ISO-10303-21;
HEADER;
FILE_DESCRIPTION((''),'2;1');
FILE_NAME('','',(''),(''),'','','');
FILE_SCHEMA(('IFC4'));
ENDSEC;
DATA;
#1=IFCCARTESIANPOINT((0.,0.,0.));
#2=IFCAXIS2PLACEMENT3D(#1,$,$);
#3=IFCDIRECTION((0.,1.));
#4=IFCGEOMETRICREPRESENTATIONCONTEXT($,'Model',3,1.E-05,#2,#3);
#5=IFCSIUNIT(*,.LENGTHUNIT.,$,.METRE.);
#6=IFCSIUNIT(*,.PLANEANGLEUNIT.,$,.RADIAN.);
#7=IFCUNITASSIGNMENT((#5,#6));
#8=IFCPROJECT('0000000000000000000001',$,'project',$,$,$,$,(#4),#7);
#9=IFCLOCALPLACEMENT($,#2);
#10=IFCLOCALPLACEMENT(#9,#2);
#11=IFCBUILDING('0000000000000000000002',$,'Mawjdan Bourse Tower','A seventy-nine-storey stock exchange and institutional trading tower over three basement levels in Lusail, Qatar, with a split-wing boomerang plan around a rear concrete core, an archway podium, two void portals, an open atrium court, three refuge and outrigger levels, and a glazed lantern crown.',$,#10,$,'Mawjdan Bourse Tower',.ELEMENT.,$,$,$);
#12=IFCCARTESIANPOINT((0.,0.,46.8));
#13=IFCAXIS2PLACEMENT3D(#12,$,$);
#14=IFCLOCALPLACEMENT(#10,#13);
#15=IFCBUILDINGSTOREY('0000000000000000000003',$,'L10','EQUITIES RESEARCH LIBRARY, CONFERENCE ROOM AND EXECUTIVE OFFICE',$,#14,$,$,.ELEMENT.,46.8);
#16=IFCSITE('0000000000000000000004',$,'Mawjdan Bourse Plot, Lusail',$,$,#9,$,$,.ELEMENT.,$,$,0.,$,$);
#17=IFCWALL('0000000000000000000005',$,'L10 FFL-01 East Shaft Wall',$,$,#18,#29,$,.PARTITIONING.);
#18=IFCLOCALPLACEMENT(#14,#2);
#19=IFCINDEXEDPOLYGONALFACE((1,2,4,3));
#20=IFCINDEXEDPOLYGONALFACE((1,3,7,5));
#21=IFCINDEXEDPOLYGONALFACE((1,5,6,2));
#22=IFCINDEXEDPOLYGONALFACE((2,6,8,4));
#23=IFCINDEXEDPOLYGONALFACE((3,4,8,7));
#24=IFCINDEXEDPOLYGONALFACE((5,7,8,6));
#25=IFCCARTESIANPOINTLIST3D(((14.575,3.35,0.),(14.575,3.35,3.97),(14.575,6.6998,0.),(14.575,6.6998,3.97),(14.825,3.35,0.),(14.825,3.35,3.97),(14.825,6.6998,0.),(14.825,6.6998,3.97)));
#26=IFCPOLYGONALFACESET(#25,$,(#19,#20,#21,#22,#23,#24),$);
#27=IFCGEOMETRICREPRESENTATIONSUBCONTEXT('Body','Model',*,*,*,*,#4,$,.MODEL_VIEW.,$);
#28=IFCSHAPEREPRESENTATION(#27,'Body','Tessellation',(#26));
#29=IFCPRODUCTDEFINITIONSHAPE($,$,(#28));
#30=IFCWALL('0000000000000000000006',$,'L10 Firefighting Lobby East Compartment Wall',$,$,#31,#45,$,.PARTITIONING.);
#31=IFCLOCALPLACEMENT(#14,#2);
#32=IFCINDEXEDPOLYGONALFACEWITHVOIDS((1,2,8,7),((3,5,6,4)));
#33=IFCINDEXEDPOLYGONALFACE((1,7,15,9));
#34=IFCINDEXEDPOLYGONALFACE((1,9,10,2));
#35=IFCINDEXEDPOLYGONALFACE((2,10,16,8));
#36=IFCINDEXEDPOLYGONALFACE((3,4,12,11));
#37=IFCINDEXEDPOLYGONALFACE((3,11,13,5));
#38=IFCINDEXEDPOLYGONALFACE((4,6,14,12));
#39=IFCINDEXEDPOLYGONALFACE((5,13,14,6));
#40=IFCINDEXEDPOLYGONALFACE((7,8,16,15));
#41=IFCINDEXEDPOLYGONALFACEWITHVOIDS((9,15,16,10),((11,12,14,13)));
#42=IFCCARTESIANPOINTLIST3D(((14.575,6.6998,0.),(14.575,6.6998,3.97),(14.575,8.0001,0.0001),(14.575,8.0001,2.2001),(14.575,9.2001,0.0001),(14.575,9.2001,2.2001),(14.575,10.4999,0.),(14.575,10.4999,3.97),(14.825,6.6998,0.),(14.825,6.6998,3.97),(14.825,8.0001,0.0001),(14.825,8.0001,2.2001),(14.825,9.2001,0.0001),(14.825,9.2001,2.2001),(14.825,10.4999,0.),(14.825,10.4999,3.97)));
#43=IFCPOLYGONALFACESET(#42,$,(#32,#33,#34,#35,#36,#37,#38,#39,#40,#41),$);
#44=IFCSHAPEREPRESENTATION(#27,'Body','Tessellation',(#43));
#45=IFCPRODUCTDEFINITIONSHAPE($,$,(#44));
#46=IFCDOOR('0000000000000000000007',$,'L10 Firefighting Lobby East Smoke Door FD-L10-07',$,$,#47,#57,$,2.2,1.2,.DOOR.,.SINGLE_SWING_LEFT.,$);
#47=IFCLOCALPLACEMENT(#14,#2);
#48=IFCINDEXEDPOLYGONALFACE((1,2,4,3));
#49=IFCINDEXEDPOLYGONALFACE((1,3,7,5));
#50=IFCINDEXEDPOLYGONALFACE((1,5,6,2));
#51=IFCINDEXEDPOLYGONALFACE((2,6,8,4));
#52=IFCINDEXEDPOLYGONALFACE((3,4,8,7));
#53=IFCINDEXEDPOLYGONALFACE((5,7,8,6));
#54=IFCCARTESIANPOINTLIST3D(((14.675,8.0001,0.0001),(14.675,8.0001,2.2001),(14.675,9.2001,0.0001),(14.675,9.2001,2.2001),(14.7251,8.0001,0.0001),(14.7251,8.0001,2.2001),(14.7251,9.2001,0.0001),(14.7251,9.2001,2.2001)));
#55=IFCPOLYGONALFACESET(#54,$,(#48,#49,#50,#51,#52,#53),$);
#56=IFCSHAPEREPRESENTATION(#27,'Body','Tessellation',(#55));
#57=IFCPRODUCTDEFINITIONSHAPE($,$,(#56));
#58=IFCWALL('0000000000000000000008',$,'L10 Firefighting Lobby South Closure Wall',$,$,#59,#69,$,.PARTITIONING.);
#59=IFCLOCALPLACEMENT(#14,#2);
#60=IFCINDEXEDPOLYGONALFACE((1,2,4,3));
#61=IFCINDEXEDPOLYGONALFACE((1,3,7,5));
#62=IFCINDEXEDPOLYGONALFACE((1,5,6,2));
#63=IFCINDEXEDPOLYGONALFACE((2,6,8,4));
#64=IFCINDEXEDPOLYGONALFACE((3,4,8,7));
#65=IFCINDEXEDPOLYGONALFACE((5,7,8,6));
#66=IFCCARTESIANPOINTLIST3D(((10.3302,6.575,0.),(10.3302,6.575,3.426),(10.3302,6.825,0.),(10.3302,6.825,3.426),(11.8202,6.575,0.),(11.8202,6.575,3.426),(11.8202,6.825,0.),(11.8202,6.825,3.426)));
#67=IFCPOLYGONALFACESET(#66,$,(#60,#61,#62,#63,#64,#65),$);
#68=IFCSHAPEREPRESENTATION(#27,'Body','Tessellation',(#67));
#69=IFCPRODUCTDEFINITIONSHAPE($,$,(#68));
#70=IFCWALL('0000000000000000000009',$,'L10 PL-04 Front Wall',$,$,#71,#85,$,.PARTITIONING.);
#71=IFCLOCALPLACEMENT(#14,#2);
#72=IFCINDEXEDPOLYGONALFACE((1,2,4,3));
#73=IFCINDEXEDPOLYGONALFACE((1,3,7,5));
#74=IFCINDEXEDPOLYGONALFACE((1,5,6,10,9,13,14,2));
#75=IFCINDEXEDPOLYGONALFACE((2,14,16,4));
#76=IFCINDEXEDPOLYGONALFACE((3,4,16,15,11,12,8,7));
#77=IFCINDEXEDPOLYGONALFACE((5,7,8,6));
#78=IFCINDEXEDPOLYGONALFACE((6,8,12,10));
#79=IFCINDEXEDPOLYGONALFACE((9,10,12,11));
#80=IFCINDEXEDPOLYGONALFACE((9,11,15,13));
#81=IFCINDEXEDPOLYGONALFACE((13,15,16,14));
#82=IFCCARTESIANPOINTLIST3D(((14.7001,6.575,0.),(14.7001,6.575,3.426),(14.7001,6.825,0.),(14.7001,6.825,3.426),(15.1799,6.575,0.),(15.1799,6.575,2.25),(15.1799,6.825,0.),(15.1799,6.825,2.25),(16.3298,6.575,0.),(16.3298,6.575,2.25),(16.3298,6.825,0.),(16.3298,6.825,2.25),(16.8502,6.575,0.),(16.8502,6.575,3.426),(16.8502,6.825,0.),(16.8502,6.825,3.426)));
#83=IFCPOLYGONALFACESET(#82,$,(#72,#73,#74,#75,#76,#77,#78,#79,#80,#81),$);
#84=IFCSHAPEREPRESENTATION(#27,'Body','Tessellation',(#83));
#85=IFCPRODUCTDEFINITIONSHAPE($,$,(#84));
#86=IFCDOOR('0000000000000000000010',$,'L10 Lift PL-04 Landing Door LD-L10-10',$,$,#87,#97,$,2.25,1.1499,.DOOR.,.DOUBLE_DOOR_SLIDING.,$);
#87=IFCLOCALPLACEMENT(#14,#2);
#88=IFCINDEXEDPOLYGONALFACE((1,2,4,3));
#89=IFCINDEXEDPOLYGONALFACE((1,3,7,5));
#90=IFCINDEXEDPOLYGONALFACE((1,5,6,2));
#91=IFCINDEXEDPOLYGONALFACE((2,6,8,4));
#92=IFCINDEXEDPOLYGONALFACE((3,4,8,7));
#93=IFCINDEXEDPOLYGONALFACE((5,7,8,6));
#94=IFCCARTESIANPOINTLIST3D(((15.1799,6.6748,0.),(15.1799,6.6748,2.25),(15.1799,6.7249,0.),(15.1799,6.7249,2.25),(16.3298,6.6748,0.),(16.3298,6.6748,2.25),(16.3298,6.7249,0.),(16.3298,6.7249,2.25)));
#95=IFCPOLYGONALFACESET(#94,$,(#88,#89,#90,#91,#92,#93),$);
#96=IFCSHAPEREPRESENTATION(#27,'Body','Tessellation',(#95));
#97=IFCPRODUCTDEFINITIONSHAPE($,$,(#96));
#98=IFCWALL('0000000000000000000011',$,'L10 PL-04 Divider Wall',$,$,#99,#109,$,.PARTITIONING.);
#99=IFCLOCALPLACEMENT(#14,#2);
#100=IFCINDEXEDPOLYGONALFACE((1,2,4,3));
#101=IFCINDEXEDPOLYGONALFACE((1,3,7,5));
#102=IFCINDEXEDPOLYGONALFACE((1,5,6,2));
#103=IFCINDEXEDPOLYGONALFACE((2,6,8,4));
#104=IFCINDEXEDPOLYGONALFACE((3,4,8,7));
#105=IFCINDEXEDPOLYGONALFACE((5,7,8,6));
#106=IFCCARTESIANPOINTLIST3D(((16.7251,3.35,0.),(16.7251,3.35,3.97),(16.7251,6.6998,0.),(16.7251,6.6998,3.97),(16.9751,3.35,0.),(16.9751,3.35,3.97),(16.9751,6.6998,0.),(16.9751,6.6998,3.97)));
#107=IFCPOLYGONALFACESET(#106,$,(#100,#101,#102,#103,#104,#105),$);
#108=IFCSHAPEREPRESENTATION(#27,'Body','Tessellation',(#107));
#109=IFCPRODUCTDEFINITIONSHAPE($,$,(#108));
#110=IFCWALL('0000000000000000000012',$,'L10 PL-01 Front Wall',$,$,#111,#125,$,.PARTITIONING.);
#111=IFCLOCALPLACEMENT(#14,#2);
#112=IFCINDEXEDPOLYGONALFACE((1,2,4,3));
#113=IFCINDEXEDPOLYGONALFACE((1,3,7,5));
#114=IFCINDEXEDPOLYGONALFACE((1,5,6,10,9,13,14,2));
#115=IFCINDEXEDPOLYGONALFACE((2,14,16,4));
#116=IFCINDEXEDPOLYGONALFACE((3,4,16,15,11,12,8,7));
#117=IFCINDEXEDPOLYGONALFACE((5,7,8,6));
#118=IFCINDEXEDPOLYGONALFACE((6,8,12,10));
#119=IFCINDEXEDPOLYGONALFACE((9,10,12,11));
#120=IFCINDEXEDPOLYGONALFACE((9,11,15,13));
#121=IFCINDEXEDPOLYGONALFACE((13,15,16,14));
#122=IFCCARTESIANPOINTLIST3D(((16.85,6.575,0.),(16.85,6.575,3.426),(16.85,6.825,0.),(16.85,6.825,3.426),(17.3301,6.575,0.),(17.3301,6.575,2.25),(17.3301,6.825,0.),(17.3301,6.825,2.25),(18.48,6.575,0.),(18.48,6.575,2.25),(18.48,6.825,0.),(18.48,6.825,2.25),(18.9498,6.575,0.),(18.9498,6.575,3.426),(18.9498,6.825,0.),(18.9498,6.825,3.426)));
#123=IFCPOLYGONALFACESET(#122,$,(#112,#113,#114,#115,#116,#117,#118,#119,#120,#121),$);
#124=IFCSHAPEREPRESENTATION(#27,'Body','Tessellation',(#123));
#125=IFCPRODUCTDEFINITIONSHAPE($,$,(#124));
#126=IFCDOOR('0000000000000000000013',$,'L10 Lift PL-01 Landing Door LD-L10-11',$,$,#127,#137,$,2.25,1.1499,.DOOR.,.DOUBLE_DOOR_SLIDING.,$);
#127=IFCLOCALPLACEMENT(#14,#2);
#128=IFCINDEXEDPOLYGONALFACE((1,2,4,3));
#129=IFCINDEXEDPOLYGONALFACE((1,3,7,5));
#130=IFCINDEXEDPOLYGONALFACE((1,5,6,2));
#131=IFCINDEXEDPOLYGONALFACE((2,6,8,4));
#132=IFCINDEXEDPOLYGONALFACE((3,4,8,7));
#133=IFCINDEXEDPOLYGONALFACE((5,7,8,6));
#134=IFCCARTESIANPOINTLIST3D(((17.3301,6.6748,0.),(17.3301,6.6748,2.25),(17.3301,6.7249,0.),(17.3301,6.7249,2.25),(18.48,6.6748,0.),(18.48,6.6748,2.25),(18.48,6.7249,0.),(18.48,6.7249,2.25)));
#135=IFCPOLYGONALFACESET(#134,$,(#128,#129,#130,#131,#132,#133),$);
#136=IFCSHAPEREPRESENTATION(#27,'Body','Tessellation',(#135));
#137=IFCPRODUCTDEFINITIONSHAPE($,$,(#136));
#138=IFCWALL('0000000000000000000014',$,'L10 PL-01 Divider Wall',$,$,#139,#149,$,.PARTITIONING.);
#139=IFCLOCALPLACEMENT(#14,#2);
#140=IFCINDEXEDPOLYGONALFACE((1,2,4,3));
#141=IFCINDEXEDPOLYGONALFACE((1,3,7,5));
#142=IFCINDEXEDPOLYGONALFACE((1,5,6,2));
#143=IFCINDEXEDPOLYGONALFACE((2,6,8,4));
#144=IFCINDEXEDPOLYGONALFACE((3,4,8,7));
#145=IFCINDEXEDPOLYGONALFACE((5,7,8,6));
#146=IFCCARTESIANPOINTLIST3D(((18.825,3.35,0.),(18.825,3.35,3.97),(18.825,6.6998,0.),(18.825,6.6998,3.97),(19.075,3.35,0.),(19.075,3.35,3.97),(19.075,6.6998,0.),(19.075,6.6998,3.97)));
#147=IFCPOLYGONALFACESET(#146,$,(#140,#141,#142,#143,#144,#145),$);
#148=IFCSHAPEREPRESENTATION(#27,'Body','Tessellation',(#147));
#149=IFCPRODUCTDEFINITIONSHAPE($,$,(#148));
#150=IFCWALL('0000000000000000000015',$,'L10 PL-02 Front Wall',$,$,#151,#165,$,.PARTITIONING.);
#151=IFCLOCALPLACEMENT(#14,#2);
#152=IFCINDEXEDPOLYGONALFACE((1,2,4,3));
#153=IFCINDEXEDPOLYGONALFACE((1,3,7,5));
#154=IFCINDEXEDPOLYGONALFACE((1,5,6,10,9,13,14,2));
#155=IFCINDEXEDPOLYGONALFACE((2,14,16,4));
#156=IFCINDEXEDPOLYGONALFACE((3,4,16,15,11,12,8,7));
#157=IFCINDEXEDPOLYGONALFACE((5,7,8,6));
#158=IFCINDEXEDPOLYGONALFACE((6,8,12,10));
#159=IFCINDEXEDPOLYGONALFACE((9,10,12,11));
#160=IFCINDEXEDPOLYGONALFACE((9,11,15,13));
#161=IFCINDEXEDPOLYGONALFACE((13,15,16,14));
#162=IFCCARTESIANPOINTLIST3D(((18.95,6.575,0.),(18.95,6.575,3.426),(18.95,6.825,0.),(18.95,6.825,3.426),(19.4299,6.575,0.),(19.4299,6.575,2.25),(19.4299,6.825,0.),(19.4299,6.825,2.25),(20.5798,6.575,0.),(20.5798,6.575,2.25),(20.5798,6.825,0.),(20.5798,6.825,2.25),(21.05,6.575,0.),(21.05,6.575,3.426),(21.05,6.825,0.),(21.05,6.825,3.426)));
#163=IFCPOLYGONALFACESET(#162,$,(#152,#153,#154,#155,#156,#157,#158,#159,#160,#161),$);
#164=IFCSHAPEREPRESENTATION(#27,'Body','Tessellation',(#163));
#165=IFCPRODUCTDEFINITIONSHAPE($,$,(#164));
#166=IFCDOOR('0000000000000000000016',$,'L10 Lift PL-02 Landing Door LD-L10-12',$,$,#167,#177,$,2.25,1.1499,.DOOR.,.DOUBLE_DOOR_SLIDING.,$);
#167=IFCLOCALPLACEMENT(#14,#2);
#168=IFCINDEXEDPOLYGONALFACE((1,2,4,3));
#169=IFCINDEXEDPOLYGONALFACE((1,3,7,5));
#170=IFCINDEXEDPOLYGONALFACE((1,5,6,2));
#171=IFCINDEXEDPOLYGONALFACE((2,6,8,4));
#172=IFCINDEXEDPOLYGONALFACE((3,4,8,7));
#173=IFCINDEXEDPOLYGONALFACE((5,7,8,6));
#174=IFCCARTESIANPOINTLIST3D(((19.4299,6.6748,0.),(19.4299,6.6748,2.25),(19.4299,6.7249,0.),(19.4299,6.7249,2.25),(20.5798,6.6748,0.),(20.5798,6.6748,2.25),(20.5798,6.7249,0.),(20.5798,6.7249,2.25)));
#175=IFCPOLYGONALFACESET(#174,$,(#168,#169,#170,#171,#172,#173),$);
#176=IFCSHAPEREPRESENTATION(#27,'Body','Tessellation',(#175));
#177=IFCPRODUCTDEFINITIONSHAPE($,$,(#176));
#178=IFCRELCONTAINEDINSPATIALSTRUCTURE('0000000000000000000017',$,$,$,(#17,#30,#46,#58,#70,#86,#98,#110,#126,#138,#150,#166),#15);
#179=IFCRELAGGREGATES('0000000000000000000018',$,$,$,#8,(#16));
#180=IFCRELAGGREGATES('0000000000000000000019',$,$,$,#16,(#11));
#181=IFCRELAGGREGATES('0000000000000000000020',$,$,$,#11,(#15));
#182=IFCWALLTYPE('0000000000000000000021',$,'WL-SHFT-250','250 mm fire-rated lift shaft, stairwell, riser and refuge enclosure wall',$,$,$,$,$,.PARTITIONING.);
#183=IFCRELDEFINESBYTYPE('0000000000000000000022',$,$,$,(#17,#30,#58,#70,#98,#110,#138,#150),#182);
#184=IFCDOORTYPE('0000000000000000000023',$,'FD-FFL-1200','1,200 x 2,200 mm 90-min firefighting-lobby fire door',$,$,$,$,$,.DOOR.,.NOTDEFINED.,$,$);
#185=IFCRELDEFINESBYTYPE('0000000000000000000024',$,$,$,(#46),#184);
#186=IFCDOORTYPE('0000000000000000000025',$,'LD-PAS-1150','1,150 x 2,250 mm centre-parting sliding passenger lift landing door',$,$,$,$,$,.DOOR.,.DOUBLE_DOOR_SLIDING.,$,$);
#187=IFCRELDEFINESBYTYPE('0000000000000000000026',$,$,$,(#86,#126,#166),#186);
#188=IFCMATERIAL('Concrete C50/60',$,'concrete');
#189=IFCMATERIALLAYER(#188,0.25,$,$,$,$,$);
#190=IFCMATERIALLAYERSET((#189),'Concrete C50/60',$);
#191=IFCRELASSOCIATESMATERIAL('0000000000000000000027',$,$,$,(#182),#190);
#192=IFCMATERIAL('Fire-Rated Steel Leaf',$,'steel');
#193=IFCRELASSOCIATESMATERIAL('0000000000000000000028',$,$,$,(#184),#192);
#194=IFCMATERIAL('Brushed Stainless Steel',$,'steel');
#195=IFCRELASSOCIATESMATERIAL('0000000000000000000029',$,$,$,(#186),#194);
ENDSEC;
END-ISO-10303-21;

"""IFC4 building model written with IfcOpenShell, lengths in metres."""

from ifc_helpers import new_model, si_unit, direction, frame, frame_2d, origin, place, context, subcontext, project, spatial, rectangle, extrude, material, layer, layer_set, type_object, element, fill, save


model = new_model("IFC4")

# Units and contexts
model_context = context("Model", 3, precision=1e-05, world=origin(), true_north=direction((0.0, 1.0)))
body_context = subcontext(model_context, "Body", "Model", "MODEL_VIEW")
ifc_project = project(units=[si_unit("LENGTHUNIT", "METRE"), si_unit("PLANEANGLEUNIT", "RADIAN")], contexts=[model_context])

# Site, building, storey
site_placement = place(None, origin())
site = spatial("IfcSite", under=ifc_project, at=site_placement, Name="Mawjdan Bourse Plot, Lusail", CompositionType="ELEMENT", RefElevation=0.0)
building_placement = place(site_placement, origin())
building = spatial("IfcBuilding", under=site, at=building_placement, Name="Mawjdan Bourse Tower", Description="A seventy-nine-storey stock exchange and institutional trading tower over three basement levels in Lusail, Qatar, with a split-wing boomerang plan around a rear concrete core, an archway podium, two void portals, an open atrium court, three refuge and outrigger levels, and a glazed lantern crown.", LongName="Mawjdan Bourse Tower", CompositionType="ELEMENT")
storey_placement = place(building_placement, frame((0.0, 0.0, 46.8)))
storey = spatial("IfcBuildingStorey", under=building, at=storey_placement, Name="L10", Description="EQUITIES RESEARCH LIBRARY, CONFERENCE ROOM AND EXECUTIVE OFFICE", CompositionType="ELEMENT", Elevation=46.8)

# Shared definitions
ifc_material_1 = material(Name="Concrete C50/60", Category="concrete")
ifc_layer_1 = layer(ifc_material_1, 0.25)
ifc_layer_set_1 = layer_set([ifc_layer_1], Name="Concrete C50/60")
wall_type_1 = type_object("IfcWallType", Name="WL-SHFT-250", Description="250 mm fire-rated lift shaft, stairwell, riser and refuge enclosure wall", PredefinedType="PARTITIONING", material=ifc_layer_set_1)

# Shared definitions
ifc_material_2 = material(Name="Brushed Stainless Steel", Category="steel")

# Wall
wall_1_placement = place(storey_placement, frame((14.7, 3.3501, 0.0), z_axis=(0.0, 0.0, 1.0), x_axis=(0.0, 1.0, 0.0)))
element("IfcWall", 1, at=wall_1_placement, inside=storey, type_object=wall_type_1, Name="L10 FFL-01 East Shaft Wall", PredefinedType="PARTITIONING", context=body_context, shape_type="SweptSolid", body=[
    extrude(rectangle(XDim=3.3499, YDim=0.25, at=frame_2d((1.6748, 0.0))), origin(), (0.0, 0.0, 1.0), 3.97),
])

# Wall, opening, door
wall_2_placement = place(storey_placement, frame((14.7, 6.7, 0.0), z_axis=(0.0, 0.0, 1.0), x_axis=(0.0, 1.0, 0.0)))
wall_2 = element("IfcWall", 2, at=wall_2_placement, inside=storey, type_object=wall_type_1, Name="L10 Firefighting Lobby East Compartment Wall", PredefinedType="PARTITIONING", context=body_context, shape_type="SweptSolid", body=[
    extrude(rectangle(XDim=3.8, YDim=0.25, at=frame_2d((1.8999, 0.0))), origin(), (0.0, 0.0, 1.0), 3.97),
])
opening_1_placement = place(wall_2_placement, frame((1.3, 0.0, 0.0)))
opening_1 = element("IfcOpeningElement", 3, at=opening_1_placement, cuts=wall_2, PredefinedType="OPENING", context=body_context, shape_type="SweptSolid", body=[
    extrude(rectangle(XDim=1.2, YDim=2.2, at=frame_2d((0.6001, 1.1001))), frame((0.0, 0.135, 0.0), z_axis=(0.0, -1.0, 0.0), x_axis=(1.0, 0.0, 0.0)), (0.0, 0.0, 1.0), 0.27),
])
ifc_material_3 = material(Name="Fire-Rated Steel Leaf", Category="steel")
door_type_1 = type_object("IfcDoorType", Name="FD-FFL-1200", Description="1,200 x 2,200 mm 90-min firefighting-lobby fire door", OperationType="NOTDEFINED", PredefinedType="DOOR", material=ifc_material_3)
door_1_placement = place(opening_1_placement, origin())
door_1 = element("IfcDoor", 4, at=door_1_placement, inside=storey, type_object=door_type_1, Name="L10 Firefighting Lobby East Smoke Door FD-L10-07", OperationType="SINGLE_SWING_LEFT", OverallHeight=2.2, OverallWidth=1.2, PredefinedType="DOOR", context=body_context, shape_type="SweptSolid", body=[
    extrude(rectangle(XDim=1.2, YDim=2.2, at=frame_2d((0.6001, 1.1001))), frame((0.0, 0.0249, 0.0), z_axis=(0.0, -1.0, 0.0), x_axis=(1.0, 0.0, 0.0)), (0.0, 0.0, 1.0), 0.05),
])
fill(opening_1, door_1)

# Wall
wall_3_placement = place(storey_placement, frame((10.3301, 6.7, 0.0), z_axis=(0.0, 0.0, 1.0), x_axis=(1.0, 0.0, 0.0)))
element("IfcWall", 5, at=wall_3_placement, inside=storey, type_object=wall_type_1, Name="L10 Firefighting Lobby South Closure Wall", PredefinedType="PARTITIONING", context=body_context, shape_type="SweptSolid", body=[
    extrude(rectangle(XDim=1.49, YDim=0.25, at=frame_2d((0.7451, 0.0))), origin(), (0.0, 0.0, 1.0), 3.426),
])

# Wall, opening, door
wall_4_placement = place(storey_placement, frame((14.7, 6.7, 0.0), z_axis=(0.0, 0.0, 1.0), x_axis=(1.0, 0.0, 0.0)))
wall_4 = element("IfcWall", 6, at=wall_4_placement, inside=storey, type_object=wall_type_1, Name="L10 PL-04 Front Wall", PredefinedType="PARTITIONING", context=body_context, shape_type="SweptSolid", body=[
    extrude(rectangle(XDim=2.1501, YDim=0.25, at=frame_2d((1.0752, 0.0))), origin(), (0.0, 0.0, 1.0), 3.426),
])
opening_2_placement = place(wall_4_placement, frame((0.48, 0.0, 0.0)))
opening_2 = element("IfcOpeningElement", 7, at=opening_2_placement, cuts=wall_4, PredefinedType="OPENING", context=body_context, shape_type="SweptSolid", body=[
    extrude(rectangle(XDim=1.1499, YDim=2.25, at=frame_2d((0.575, 1.125))), frame((0.0, 0.135, 0.0), z_axis=(0.0, -1.0, 0.0), x_axis=(1.0, 0.0, 0.0)), (0.0, 0.0, 1.0), 0.27),
])
door_type_2 = type_object("IfcDoorType", Name="LD-PAS-1150", Description="1,150 x 2,250 mm centre-parting sliding passenger lift landing door", OperationType="DOUBLE_DOOR_SLIDING", PredefinedType="DOOR", material=ifc_material_2)
door_2_placement = place(opening_2_placement, origin())
door_2 = element("IfcDoor", 8, at=door_2_placement, inside=storey, type_object=door_type_2, Name="L10 Lift PL-04 Landing Door LD-L10-10", OperationType="DOUBLE_DOOR_SLIDING", OverallHeight=2.25, OverallWidth=1.1499, PredefinedType="DOOR", context=body_context, shape_type="SweptSolid", body=[
    extrude(rectangle(XDim=1.1499, YDim=2.25, at=frame_2d((0.575, 1.125))), frame((0.0, 0.0249, 0.0), z_axis=(0.0, -1.0, 0.0), x_axis=(1.0, 0.0, 0.0)), (0.0, 0.0, 1.0), 0.05),
])
fill(opening_2, door_2)

# Wall
wall_5_placement = place(storey_placement, frame((16.8501, 3.3501, 0.0), z_axis=(0.0, 0.0, 1.0), x_axis=(0.0, 1.0, 0.0)))
element("IfcWall", 9, at=wall_5_placement, inside=storey, type_object=wall_type_1, Name="L10 PL-04 Divider Wall", PredefinedType="PARTITIONING", context=body_context, shape_type="SweptSolid", body=[
    extrude(rectangle(XDim=3.3499, YDim=0.25, at=frame_2d((1.6748, 0.0))), origin(), (0.0, 0.0, 1.0), 3.97),
])

# Wall, opening, door
wall_6_placement = place(storey_placement, frame((16.8501, 6.7, 0.0), z_axis=(0.0, 0.0, 1.0), x_axis=(1.0, 0.0, 0.0)))
wall_6 = element("IfcWall", 10, at=wall_6_placement, inside=storey, type_object=wall_type_1, Name="L10 PL-01 Front Wall", PredefinedType="PARTITIONING", context=body_context, shape_type="SweptSolid", body=[
    extrude(rectangle(XDim=2.0999, YDim=0.25, at=frame_2d((1.0498, 0.0))), origin(), (0.0, 0.0, 1.0), 3.426),
])
opening_3_placement = place(wall_6_placement, frame((0.48, 0.0, 0.0)))
opening_3 = element("IfcOpeningElement", 11, at=opening_3_placement, cuts=wall_6, PredefinedType="OPENING", context=body_context, shape_type="SweptSolid", body=[
    extrude(rectangle(XDim=1.1499, YDim=2.25, at=frame_2d((0.575, 1.125))), frame((0.0, 0.135, 0.0), z_axis=(0.0, -1.0, 0.0), x_axis=(1.0, 0.0, 0.0)), (0.0, 0.0, 1.0), 0.27),
])
door_3_placement = place(opening_3_placement, origin())
door_3 = element("IfcDoor", 12, at=door_3_placement, inside=storey, type_object=door_type_2, Name="L10 Lift PL-01 Landing Door LD-L10-11", OperationType="DOUBLE_DOOR_SLIDING", OverallHeight=2.25, OverallWidth=1.1499, PredefinedType="DOOR", context=body_context, shape_type="SweptSolid", body=[
    extrude(rectangle(XDim=1.1499, YDim=2.25, at=frame_2d((0.575, 1.125))), frame((0.0, 0.0249, 0.0), z_axis=(0.0, -1.0, 0.0), x_axis=(1.0, 0.0, 0.0)), (0.0, 0.0, 1.0), 0.05),
])
fill(opening_3, door_3)

# Wall
wall_7_placement = place(storey_placement, frame((18.95, 3.3501, 0.0), z_axis=(0.0, 0.0, 1.0), x_axis=(0.0, 1.0, 0.0)))
element("IfcWall", 13, at=wall_7_placement, inside=storey, type_object=wall_type_1, Name="L10 PL-01 Divider Wall", PredefinedType="PARTITIONING", context=body_context, shape_type="SweptSolid", body=[
    extrude(rectangle(XDim=3.3499, YDim=0.25, at=frame_2d((1.6748, 0.0))), origin(), (0.0, 0.0, 1.0), 3.97),
])

# Wall, opening, door
wall_8_placement = place(storey_placement, frame((18.95, 6.7, 0.0), z_axis=(0.0, 0.0, 1.0), x_axis=(1.0, 0.0, 0.0)))
wall_8 = element("IfcWall", 14, at=wall_8_placement, inside=storey, type_object=wall_type_1, Name="L10 PL-02 Front Wall", PredefinedType="PARTITIONING", context=body_context, shape_type="SweptSolid", body=[
    extrude(rectangle(XDim=2.1001, YDim=0.25, at=frame_2d((1.05, 0.0))), origin(), (0.0, 0.0, 1.0), 3.426),
])
opening_4_placement = place(wall_8_placement, frame((0.48, 0.0, 0.0)))
opening_4 = element("IfcOpeningElement", 15, at=opening_4_placement, cuts=wall_8, PredefinedType="OPENING", context=body_context, shape_type="SweptSolid", body=[
    extrude(rectangle(XDim=1.1499, YDim=2.25, at=frame_2d((0.575, 1.125))), frame((0.0, 0.135, 0.0), z_axis=(0.0, -1.0, 0.0), x_axis=(1.0, 0.0, 0.0)), (0.0, 0.0, 1.0), 0.27),
])
door_4_placement = place(opening_4_placement, origin())
door_4 = element("IfcDoor", 16, at=door_4_placement, inside=storey, type_object=door_type_2, Name="L10 Lift PL-02 Landing Door LD-L10-12", OperationType="DOUBLE_DOOR_SLIDING", OverallHeight=2.25, OverallWidth=1.1499, PredefinedType="DOOR", context=body_context, shape_type="SweptSolid", body=[
    extrude(rectangle(XDim=1.1499, YDim=2.25, at=frame_2d((0.575, 1.125))), frame((0.0, 0.0249, 0.0), z_axis=(0.0, -1.0, 0.0), x_axis=(1.0, 0.0, 0.0)), (0.0, 0.0, 1.0), 0.05),
])
fill(opening_4, door_4)

save(model, "model.ifc")
